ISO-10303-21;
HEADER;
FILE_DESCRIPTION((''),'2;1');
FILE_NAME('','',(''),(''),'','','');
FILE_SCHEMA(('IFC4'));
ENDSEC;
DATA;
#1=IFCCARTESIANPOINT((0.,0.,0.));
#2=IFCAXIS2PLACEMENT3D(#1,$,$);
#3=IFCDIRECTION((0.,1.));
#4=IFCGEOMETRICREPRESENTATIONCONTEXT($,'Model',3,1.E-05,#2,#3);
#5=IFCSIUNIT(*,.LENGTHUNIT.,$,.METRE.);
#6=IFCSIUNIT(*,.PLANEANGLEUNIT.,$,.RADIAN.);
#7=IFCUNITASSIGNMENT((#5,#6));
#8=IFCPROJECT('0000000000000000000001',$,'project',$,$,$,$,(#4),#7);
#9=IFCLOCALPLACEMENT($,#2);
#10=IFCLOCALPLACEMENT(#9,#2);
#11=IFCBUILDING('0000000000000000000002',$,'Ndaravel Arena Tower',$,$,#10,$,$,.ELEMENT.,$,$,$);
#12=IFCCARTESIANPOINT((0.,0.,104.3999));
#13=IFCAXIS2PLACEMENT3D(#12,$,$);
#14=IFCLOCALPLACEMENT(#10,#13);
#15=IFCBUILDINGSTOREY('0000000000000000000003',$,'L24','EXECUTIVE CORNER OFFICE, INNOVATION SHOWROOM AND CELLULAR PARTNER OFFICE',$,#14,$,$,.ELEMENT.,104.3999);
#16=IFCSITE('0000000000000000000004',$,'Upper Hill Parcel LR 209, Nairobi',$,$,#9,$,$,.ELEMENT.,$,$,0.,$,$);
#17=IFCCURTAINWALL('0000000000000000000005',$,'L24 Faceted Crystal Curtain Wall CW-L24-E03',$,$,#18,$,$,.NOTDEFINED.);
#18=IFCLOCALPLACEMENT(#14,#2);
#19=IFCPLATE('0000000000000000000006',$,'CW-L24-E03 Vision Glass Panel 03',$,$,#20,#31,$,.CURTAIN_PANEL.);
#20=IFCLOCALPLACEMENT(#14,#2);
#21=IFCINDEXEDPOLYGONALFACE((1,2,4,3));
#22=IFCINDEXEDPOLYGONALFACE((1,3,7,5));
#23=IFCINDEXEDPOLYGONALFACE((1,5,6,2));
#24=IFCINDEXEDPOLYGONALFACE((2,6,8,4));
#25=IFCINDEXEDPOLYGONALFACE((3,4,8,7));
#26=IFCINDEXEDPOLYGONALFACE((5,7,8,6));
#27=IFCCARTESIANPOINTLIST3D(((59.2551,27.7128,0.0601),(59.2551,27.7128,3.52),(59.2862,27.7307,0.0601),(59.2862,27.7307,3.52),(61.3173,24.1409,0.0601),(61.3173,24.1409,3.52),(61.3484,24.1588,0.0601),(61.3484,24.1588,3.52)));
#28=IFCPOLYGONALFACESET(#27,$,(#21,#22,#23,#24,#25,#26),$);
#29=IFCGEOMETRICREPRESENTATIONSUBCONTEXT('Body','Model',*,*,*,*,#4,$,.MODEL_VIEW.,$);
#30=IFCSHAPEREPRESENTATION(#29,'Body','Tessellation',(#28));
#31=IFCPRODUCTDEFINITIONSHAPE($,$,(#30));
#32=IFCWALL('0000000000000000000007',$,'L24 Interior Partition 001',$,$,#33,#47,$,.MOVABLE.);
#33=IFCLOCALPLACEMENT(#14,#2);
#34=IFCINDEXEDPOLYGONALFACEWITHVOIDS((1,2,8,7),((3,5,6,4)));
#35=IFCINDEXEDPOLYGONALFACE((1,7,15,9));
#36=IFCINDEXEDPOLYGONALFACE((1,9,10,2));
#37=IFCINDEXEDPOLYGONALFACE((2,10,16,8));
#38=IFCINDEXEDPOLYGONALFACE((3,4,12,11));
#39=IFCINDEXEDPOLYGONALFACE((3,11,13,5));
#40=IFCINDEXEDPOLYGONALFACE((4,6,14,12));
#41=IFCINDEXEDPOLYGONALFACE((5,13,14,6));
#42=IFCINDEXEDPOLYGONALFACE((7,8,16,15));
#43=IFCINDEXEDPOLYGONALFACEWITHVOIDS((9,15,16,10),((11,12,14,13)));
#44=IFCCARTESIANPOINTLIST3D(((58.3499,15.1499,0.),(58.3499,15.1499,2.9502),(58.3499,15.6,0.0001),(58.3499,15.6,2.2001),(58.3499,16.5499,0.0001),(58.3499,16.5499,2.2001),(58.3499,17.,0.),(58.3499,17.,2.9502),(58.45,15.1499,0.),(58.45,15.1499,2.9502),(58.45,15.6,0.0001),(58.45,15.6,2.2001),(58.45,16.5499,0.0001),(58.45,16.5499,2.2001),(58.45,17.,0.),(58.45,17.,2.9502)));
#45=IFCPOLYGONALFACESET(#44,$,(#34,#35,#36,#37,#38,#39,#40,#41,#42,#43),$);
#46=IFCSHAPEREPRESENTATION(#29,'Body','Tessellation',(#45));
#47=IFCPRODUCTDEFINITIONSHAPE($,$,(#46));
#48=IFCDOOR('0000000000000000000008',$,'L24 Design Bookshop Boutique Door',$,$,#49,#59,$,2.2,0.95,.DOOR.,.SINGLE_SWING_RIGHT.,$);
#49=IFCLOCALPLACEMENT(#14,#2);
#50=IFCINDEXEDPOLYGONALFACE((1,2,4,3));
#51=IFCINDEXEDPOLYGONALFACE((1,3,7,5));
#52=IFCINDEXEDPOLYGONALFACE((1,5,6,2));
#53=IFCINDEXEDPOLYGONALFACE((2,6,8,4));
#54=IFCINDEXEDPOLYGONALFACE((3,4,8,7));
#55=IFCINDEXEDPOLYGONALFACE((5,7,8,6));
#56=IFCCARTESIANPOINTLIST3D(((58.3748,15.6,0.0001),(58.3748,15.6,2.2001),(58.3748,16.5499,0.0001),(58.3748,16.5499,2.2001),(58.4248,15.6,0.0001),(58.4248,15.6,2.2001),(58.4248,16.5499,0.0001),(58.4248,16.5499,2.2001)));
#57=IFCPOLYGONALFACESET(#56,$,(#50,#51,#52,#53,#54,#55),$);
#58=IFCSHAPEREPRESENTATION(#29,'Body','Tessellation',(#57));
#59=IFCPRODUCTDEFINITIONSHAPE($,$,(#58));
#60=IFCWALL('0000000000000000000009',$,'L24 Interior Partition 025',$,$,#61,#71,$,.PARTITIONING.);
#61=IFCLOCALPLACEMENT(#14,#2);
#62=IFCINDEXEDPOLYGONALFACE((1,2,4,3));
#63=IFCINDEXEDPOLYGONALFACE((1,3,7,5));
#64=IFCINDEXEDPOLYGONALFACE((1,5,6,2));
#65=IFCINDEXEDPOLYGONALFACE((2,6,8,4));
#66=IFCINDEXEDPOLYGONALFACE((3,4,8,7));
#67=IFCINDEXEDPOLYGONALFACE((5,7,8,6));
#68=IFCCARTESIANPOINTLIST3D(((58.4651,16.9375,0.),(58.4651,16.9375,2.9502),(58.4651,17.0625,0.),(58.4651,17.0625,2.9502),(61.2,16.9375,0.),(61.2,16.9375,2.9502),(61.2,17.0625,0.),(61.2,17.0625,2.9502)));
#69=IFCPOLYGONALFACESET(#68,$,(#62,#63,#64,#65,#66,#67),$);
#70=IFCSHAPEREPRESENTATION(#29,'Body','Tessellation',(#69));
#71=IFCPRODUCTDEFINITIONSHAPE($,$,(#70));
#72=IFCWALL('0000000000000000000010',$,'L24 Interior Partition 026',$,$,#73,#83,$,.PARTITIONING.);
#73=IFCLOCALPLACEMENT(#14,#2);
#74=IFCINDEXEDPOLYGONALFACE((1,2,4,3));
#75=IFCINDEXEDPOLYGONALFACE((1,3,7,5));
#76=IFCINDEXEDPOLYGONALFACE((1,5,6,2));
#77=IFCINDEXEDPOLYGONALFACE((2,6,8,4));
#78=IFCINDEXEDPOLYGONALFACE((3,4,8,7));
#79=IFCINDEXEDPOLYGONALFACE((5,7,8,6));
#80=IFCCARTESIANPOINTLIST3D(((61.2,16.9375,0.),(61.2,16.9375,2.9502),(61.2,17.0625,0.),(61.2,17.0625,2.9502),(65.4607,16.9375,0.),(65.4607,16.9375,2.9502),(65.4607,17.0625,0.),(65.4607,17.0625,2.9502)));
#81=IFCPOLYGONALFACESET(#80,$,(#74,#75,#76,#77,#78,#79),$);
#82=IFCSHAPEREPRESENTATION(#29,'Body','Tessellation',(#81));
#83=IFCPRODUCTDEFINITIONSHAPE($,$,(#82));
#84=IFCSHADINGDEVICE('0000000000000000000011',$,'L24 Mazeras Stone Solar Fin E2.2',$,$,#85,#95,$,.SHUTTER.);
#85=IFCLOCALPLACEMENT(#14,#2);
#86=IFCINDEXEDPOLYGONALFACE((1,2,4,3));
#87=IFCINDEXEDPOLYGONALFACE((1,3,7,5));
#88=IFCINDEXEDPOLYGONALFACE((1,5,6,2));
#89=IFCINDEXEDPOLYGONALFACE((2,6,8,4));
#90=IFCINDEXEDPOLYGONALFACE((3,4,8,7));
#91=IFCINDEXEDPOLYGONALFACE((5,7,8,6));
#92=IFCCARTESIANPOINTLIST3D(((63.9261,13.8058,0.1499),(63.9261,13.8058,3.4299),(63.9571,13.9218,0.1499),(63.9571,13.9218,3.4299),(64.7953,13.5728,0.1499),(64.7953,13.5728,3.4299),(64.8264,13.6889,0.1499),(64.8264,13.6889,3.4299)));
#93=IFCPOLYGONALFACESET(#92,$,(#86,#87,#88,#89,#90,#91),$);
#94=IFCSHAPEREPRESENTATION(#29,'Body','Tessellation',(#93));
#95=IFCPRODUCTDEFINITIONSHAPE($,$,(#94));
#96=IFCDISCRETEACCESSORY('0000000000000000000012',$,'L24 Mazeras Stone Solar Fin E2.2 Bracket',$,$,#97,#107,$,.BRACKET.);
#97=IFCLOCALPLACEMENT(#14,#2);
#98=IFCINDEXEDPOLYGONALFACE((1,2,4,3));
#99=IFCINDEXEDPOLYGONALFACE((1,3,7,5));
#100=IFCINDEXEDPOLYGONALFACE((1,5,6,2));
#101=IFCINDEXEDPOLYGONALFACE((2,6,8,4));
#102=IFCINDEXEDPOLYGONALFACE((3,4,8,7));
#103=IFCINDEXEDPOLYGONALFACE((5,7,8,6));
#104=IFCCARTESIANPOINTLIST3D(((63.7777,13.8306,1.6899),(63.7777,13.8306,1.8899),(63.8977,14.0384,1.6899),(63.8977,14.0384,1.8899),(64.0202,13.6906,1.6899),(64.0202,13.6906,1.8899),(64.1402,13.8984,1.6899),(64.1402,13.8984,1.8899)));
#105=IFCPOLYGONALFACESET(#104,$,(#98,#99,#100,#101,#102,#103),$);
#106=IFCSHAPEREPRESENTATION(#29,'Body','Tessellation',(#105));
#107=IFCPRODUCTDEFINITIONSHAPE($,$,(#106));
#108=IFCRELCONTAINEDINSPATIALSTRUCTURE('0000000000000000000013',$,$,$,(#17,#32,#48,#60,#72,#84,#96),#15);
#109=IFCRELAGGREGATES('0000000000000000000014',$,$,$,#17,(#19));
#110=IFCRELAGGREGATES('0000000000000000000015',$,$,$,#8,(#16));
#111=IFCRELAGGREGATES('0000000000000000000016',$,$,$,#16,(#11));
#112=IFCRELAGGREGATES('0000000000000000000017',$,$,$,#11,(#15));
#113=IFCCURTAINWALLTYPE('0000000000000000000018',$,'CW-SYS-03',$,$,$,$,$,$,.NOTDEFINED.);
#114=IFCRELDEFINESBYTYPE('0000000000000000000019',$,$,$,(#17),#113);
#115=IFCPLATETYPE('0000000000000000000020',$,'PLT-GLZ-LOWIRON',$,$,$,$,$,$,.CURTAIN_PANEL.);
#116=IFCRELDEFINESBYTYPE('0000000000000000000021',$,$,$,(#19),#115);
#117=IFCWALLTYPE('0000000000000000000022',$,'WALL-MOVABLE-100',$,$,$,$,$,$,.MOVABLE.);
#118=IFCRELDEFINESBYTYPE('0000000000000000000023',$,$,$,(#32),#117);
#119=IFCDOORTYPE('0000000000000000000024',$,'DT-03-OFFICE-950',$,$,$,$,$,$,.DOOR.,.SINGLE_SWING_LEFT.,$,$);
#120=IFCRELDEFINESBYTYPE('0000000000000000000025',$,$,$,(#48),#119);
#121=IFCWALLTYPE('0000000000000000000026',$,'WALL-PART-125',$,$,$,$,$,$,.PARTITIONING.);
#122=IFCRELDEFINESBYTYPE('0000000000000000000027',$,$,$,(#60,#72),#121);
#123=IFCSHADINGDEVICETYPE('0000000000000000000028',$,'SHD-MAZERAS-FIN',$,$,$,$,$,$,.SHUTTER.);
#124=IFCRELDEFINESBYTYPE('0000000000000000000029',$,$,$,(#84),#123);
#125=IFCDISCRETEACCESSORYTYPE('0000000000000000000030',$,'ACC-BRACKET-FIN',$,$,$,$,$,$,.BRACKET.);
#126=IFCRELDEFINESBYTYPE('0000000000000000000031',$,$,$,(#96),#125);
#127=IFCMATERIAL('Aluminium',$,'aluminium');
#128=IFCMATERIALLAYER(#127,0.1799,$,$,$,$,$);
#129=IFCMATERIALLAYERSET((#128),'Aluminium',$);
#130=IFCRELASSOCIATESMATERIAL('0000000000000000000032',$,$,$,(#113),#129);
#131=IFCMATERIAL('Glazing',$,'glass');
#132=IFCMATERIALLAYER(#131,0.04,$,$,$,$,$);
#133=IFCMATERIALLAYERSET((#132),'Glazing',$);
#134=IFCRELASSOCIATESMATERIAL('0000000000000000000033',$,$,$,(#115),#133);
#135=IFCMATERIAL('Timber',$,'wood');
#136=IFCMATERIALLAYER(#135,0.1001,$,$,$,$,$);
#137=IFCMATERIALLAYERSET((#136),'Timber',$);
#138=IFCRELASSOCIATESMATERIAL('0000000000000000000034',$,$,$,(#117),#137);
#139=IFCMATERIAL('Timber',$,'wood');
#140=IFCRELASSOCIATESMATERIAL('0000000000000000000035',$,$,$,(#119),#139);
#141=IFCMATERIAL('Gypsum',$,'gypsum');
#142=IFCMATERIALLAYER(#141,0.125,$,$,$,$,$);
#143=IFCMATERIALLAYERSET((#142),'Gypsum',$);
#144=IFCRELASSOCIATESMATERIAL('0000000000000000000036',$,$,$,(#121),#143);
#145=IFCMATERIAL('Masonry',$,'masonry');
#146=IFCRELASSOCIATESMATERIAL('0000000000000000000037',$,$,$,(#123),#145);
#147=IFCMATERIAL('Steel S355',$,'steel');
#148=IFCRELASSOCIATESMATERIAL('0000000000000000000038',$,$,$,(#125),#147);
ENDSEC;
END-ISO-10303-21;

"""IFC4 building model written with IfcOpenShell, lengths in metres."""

from ifc_helpers import new_model, si_unit, direction, frame, frame_2d, origin, origin_2d, place, context, subcontext, project, spatial, rectangle, extrude, material, layer, layer_set, type_object, element, fill, aggregate, save


model = new_model("IFC4")

# Units and contexts
model_context = context("Model", 3, precision=1e-05, world=origin(), true_north=direction((0.0, 1.0)))
body_context = subcontext(model_context, "Body", "Model", "MODEL_VIEW")
ifc_project = project(units=[si_unit("LENGTHUNIT", "METRE"), si_unit("PLANEANGLEUNIT", "RADIAN")], contexts=[model_context])

# Site, building, storey
site_placement = place(None, origin())
site = spatial("IfcSite", under=ifc_project, at=site_placement, Name="Upper Hill Parcel LR 209, Nairobi", CompositionType="ELEMENT", RefElevation=0.0)
building_placement = place(site_placement, origin())
building = spatial("IfcBuilding", under=site, at=building_placement, Name="Ndaravel Arena Tower", CompositionType="ELEMENT")
storey_placement = place(building_placement, frame((0.0, 0.0, 104.3999)))
storey = spatial("IfcBuildingStorey", under=building, at=storey_placement, Name="L24", Description="EXECUTIVE CORNER OFFICE, INNOVATION SHOWROOM AND CELLULAR PARTNER OFFICE", CompositionType="ELEMENT", Elevation=104.3999)

# Curtain wall
ifc_material_1 = material(Name="Aluminium", Category="aluminium")
ifc_layer_1 = layer(ifc_material_1, 0.1799)
ifc_layer_set_1 = layer_set([ifc_layer_1], Name="Aluminium")
curtain_wall_type_1 = type_object("IfcCurtainWallType", Name="CW-SYS-03", PredefinedType="NOTDEFINED", material=ifc_layer_set_1)
curtain_wall_1_placement = place(storey_placement, origin())
curtain_wall_1 = element("IfcCurtainWall", 1, at=curtain_wall_1_placement, inside=storey, type_object=curtain_wall_type_1, Name="L24 Faceted Crystal Curtain Wall CW-L24-E03", PredefinedType="NOTDEFINED")

# Plate
ifc_material_2 = material(Name="Glazing", Category="glass")
ifc_layer_2 = layer(ifc_material_2, 0.04)
ifc_layer_set_2 = layer_set([ifc_layer_2], Name="Glazing")
plate_type_1 = type_object("IfcPlateType", Name="PLT-GLZ-LOWIRON", PredefinedType="CURTAIN_PANEL", material=ifc_layer_set_2)
plate_1_placement = place(storey_placement, frame((60.3018, 25.9358, 0.0601), z_axis=(0.0, 0.0, 1.0), x_axis=(-0.5, 0.866025, 0.0)))
plate_1 = element("IfcPlate", 2, at=plate_1_placement, type_object=plate_type_1, Name="CW-L24-E03 Vision Glass Panel 03", PredefinedType="CURTAIN_PANEL", context=body_context, shape_type="SweptSolid", body=[
    extrude(rectangle(XDim=4.1245, YDim=0.0359, at=origin_2d()), origin(), (0.0, 0.0, 1.0), 3.46),
])
aggregate(curtain_wall_1, [plate_1])

# Wall, opening, door
ifc_material_3 = material(Name="Timber", Category="wood")
ifc_layer_3 = layer(ifc_material_3, 0.1001)
ifc_layer_set_3 = layer_set([ifc_layer_3], Name="Timber")
wall_type_1 = type_object("IfcWallType", Name="WALL-MOVABLE-100", PredefinedType="MOVABLE", material=ifc_layer_set_3)
wall_1_placement = place(storey_placement, frame((58.3999, 17.0, 0.0), z_axis=(0.0, 0.0, 1.0), x_axis=(0.0, -1.0, 0.0)))
wall_1 = element("IfcWall", 3, at=wall_1_placement, inside=storey, type_object=wall_type_1, Name="L24 Interior Partition 001", PredefinedType="MOVABLE", context=body_context, shape_type="SweptSolid", body=[
    extrude(rectangle(XDim=1.8501, YDim=0.1001, at=frame_2d((0.925, 0.0))), origin(), (0.0, 0.0, 1.0), 2.9502),
])
opening_placement = place(wall_1_placement, frame((0.45, 0.0, 0.0)))
opening = element("IfcOpeningElement", 4, at=opening_placement, cuts=wall_1, PredefinedType="OPENING", context=body_context, shape_type="SweptSolid", body=[
    extrude(rectangle(XDim=0.95, YDim=2.2, at=frame_2d((0.4751, 1.1001))), frame((0.0, 0.05, 0.0), z_axis=(0.0, -1.0, 0.0), x_axis=(1.0, 0.0, 0.0)), (0.0, 0.0, 1.0), 0.1001),
])
ifc_material_4 = material(Name="Timber", Category="wood")
door_type = type_object("IfcDoorType", Name="DT-03-OFFICE-950", OperationType="SINGLE_SWING_LEFT", PredefinedType="DOOR", material=ifc_material_4)
door_placement = place(opening_placement, origin())
door = element("IfcDoor", 5, at=door_placement, inside=storey, type_object=door_type, Name="L24 Design Bookshop Boutique Door", OperationType="SINGLE_SWING_RIGHT", OverallHeight=2.2, OverallWidth=0.95, PredefinedType="DOOR", context=body_context, shape_type="SweptSolid", body=[
    extrude(rectangle(XDim=0.95, YDim=2.2, at=frame_2d((0.4751, 1.1001))), frame((0.0, 0.0249, 0.0), z_axis=(0.0, -1.0, 0.0), x_axis=(1.0, 0.0, 0.0)), (0.0, 0.0, 1.0), 0.05),
])
fill(opening, door)

# Walls
ifc_material_5 = material(Name="Gypsum", Category="gypsum")
ifc_layer_4 = layer(ifc_material_5, 0.125)
ifc_layer_set_4 = layer_set([ifc_layer_4], Name="Gypsum")
wall_type_2 = type_object("IfcWallType", Name="WALL-PART-125", PredefinedType="PARTITIONING", material=ifc_layer_set_4)
wall_2_placement = place(storey_placement, frame((58.4651, 17.0, 0.0), z_axis=(0.0, 0.0, 1.0), x_axis=(1.0, 0.0, 0.0)))
element("IfcWall", 6, at=wall_2_placement, inside=storey, type_object=wall_type_2, Name="L24 Interior Partition 025", PredefinedType="PARTITIONING", context=body_context, shape_type="SweptSolid", body=[
    extrude(rectangle(XDim=2.7349, YDim=0.125, at=frame_2d((1.3674, 0.0))), origin(), (0.0, 0.0, 1.0), 2.9502),
])
wall_3_placement = place(storey_placement, frame((61.2, 17.0, 0.0), z_axis=(0.0, 0.0, 1.0), x_axis=(1.0, 0.0, 0.0)))
element("IfcWall", 7, at=wall_3_placement, inside=storey, type_object=wall_type_2, Name="L24 Interior Partition 026", PredefinedType="PARTITIONING", context=body_context, shape_type="SweptSolid", body=[
    extrude(rectangle(XDim=4.2607, YDim=0.125, at=frame_2d((2.1304, 0.0))), origin(), (0.0, 0.0, 1.0), 2.9502),
])

# Shading device
ifc_material_6 = material(Name="Masonry", Category="masonry")
shading_device_type = type_object("IfcShadingDeviceType", Name="SHD-MAZERAS-FIN", PredefinedType="SHUTTER", material=ifc_material_6)
shading_device_placement = place(storey_placement, frame((64.3762, 13.7473, 0.1499), z_axis=(0.0, 0.0, 1.0), x_axis=(0.965926, -0.258819, 0.0)))
element("IfcShadingDevice", 8, at=shading_device_placement, inside=storey, type_object=shading_device_type, Name="L24 Mazeras Stone Solar Fin E2.2", PredefinedType="SHUTTER", context=body_context, shape_type="SweptSolid", body=[
    extrude(rectangle(XDim=0.8999, YDim=0.1201, at=origin_2d()), origin(), (0.0, 0.0, 1.0), 3.28),
])

# Discrete accessory
ifc_material_7 = material(Name="Steel S355", Category="steel")
discrete_accessory_type = type_object("IfcDiscreteAccessoryType", Name="ACC-BRACKET-FIN", PredefinedType="BRACKET", material=ifc_material_7)
discrete_accessory_placement = place(storey_placement, frame((63.959, 13.8645, 1.6899), z_axis=(0.0, 0.0, 1.0), x_axis=(0.866025, -0.5, 0.0)))
element("IfcDiscreteAccessory", 9, at=discrete_accessory_placement, inside=storey, type_object=discrete_accessory_type, Name="L24 Mazeras Stone Solar Fin E2.2 Bracket", PredefinedType="BRACKET", context=body_context, shape_type="SweptSolid", body=[
    extrude(rectangle(XDim=0.28, YDim=0.24, at=origin_2d()), origin(), (0.0, 0.0, 1.0), 0.2),
])

save(model, "model.ifc")
